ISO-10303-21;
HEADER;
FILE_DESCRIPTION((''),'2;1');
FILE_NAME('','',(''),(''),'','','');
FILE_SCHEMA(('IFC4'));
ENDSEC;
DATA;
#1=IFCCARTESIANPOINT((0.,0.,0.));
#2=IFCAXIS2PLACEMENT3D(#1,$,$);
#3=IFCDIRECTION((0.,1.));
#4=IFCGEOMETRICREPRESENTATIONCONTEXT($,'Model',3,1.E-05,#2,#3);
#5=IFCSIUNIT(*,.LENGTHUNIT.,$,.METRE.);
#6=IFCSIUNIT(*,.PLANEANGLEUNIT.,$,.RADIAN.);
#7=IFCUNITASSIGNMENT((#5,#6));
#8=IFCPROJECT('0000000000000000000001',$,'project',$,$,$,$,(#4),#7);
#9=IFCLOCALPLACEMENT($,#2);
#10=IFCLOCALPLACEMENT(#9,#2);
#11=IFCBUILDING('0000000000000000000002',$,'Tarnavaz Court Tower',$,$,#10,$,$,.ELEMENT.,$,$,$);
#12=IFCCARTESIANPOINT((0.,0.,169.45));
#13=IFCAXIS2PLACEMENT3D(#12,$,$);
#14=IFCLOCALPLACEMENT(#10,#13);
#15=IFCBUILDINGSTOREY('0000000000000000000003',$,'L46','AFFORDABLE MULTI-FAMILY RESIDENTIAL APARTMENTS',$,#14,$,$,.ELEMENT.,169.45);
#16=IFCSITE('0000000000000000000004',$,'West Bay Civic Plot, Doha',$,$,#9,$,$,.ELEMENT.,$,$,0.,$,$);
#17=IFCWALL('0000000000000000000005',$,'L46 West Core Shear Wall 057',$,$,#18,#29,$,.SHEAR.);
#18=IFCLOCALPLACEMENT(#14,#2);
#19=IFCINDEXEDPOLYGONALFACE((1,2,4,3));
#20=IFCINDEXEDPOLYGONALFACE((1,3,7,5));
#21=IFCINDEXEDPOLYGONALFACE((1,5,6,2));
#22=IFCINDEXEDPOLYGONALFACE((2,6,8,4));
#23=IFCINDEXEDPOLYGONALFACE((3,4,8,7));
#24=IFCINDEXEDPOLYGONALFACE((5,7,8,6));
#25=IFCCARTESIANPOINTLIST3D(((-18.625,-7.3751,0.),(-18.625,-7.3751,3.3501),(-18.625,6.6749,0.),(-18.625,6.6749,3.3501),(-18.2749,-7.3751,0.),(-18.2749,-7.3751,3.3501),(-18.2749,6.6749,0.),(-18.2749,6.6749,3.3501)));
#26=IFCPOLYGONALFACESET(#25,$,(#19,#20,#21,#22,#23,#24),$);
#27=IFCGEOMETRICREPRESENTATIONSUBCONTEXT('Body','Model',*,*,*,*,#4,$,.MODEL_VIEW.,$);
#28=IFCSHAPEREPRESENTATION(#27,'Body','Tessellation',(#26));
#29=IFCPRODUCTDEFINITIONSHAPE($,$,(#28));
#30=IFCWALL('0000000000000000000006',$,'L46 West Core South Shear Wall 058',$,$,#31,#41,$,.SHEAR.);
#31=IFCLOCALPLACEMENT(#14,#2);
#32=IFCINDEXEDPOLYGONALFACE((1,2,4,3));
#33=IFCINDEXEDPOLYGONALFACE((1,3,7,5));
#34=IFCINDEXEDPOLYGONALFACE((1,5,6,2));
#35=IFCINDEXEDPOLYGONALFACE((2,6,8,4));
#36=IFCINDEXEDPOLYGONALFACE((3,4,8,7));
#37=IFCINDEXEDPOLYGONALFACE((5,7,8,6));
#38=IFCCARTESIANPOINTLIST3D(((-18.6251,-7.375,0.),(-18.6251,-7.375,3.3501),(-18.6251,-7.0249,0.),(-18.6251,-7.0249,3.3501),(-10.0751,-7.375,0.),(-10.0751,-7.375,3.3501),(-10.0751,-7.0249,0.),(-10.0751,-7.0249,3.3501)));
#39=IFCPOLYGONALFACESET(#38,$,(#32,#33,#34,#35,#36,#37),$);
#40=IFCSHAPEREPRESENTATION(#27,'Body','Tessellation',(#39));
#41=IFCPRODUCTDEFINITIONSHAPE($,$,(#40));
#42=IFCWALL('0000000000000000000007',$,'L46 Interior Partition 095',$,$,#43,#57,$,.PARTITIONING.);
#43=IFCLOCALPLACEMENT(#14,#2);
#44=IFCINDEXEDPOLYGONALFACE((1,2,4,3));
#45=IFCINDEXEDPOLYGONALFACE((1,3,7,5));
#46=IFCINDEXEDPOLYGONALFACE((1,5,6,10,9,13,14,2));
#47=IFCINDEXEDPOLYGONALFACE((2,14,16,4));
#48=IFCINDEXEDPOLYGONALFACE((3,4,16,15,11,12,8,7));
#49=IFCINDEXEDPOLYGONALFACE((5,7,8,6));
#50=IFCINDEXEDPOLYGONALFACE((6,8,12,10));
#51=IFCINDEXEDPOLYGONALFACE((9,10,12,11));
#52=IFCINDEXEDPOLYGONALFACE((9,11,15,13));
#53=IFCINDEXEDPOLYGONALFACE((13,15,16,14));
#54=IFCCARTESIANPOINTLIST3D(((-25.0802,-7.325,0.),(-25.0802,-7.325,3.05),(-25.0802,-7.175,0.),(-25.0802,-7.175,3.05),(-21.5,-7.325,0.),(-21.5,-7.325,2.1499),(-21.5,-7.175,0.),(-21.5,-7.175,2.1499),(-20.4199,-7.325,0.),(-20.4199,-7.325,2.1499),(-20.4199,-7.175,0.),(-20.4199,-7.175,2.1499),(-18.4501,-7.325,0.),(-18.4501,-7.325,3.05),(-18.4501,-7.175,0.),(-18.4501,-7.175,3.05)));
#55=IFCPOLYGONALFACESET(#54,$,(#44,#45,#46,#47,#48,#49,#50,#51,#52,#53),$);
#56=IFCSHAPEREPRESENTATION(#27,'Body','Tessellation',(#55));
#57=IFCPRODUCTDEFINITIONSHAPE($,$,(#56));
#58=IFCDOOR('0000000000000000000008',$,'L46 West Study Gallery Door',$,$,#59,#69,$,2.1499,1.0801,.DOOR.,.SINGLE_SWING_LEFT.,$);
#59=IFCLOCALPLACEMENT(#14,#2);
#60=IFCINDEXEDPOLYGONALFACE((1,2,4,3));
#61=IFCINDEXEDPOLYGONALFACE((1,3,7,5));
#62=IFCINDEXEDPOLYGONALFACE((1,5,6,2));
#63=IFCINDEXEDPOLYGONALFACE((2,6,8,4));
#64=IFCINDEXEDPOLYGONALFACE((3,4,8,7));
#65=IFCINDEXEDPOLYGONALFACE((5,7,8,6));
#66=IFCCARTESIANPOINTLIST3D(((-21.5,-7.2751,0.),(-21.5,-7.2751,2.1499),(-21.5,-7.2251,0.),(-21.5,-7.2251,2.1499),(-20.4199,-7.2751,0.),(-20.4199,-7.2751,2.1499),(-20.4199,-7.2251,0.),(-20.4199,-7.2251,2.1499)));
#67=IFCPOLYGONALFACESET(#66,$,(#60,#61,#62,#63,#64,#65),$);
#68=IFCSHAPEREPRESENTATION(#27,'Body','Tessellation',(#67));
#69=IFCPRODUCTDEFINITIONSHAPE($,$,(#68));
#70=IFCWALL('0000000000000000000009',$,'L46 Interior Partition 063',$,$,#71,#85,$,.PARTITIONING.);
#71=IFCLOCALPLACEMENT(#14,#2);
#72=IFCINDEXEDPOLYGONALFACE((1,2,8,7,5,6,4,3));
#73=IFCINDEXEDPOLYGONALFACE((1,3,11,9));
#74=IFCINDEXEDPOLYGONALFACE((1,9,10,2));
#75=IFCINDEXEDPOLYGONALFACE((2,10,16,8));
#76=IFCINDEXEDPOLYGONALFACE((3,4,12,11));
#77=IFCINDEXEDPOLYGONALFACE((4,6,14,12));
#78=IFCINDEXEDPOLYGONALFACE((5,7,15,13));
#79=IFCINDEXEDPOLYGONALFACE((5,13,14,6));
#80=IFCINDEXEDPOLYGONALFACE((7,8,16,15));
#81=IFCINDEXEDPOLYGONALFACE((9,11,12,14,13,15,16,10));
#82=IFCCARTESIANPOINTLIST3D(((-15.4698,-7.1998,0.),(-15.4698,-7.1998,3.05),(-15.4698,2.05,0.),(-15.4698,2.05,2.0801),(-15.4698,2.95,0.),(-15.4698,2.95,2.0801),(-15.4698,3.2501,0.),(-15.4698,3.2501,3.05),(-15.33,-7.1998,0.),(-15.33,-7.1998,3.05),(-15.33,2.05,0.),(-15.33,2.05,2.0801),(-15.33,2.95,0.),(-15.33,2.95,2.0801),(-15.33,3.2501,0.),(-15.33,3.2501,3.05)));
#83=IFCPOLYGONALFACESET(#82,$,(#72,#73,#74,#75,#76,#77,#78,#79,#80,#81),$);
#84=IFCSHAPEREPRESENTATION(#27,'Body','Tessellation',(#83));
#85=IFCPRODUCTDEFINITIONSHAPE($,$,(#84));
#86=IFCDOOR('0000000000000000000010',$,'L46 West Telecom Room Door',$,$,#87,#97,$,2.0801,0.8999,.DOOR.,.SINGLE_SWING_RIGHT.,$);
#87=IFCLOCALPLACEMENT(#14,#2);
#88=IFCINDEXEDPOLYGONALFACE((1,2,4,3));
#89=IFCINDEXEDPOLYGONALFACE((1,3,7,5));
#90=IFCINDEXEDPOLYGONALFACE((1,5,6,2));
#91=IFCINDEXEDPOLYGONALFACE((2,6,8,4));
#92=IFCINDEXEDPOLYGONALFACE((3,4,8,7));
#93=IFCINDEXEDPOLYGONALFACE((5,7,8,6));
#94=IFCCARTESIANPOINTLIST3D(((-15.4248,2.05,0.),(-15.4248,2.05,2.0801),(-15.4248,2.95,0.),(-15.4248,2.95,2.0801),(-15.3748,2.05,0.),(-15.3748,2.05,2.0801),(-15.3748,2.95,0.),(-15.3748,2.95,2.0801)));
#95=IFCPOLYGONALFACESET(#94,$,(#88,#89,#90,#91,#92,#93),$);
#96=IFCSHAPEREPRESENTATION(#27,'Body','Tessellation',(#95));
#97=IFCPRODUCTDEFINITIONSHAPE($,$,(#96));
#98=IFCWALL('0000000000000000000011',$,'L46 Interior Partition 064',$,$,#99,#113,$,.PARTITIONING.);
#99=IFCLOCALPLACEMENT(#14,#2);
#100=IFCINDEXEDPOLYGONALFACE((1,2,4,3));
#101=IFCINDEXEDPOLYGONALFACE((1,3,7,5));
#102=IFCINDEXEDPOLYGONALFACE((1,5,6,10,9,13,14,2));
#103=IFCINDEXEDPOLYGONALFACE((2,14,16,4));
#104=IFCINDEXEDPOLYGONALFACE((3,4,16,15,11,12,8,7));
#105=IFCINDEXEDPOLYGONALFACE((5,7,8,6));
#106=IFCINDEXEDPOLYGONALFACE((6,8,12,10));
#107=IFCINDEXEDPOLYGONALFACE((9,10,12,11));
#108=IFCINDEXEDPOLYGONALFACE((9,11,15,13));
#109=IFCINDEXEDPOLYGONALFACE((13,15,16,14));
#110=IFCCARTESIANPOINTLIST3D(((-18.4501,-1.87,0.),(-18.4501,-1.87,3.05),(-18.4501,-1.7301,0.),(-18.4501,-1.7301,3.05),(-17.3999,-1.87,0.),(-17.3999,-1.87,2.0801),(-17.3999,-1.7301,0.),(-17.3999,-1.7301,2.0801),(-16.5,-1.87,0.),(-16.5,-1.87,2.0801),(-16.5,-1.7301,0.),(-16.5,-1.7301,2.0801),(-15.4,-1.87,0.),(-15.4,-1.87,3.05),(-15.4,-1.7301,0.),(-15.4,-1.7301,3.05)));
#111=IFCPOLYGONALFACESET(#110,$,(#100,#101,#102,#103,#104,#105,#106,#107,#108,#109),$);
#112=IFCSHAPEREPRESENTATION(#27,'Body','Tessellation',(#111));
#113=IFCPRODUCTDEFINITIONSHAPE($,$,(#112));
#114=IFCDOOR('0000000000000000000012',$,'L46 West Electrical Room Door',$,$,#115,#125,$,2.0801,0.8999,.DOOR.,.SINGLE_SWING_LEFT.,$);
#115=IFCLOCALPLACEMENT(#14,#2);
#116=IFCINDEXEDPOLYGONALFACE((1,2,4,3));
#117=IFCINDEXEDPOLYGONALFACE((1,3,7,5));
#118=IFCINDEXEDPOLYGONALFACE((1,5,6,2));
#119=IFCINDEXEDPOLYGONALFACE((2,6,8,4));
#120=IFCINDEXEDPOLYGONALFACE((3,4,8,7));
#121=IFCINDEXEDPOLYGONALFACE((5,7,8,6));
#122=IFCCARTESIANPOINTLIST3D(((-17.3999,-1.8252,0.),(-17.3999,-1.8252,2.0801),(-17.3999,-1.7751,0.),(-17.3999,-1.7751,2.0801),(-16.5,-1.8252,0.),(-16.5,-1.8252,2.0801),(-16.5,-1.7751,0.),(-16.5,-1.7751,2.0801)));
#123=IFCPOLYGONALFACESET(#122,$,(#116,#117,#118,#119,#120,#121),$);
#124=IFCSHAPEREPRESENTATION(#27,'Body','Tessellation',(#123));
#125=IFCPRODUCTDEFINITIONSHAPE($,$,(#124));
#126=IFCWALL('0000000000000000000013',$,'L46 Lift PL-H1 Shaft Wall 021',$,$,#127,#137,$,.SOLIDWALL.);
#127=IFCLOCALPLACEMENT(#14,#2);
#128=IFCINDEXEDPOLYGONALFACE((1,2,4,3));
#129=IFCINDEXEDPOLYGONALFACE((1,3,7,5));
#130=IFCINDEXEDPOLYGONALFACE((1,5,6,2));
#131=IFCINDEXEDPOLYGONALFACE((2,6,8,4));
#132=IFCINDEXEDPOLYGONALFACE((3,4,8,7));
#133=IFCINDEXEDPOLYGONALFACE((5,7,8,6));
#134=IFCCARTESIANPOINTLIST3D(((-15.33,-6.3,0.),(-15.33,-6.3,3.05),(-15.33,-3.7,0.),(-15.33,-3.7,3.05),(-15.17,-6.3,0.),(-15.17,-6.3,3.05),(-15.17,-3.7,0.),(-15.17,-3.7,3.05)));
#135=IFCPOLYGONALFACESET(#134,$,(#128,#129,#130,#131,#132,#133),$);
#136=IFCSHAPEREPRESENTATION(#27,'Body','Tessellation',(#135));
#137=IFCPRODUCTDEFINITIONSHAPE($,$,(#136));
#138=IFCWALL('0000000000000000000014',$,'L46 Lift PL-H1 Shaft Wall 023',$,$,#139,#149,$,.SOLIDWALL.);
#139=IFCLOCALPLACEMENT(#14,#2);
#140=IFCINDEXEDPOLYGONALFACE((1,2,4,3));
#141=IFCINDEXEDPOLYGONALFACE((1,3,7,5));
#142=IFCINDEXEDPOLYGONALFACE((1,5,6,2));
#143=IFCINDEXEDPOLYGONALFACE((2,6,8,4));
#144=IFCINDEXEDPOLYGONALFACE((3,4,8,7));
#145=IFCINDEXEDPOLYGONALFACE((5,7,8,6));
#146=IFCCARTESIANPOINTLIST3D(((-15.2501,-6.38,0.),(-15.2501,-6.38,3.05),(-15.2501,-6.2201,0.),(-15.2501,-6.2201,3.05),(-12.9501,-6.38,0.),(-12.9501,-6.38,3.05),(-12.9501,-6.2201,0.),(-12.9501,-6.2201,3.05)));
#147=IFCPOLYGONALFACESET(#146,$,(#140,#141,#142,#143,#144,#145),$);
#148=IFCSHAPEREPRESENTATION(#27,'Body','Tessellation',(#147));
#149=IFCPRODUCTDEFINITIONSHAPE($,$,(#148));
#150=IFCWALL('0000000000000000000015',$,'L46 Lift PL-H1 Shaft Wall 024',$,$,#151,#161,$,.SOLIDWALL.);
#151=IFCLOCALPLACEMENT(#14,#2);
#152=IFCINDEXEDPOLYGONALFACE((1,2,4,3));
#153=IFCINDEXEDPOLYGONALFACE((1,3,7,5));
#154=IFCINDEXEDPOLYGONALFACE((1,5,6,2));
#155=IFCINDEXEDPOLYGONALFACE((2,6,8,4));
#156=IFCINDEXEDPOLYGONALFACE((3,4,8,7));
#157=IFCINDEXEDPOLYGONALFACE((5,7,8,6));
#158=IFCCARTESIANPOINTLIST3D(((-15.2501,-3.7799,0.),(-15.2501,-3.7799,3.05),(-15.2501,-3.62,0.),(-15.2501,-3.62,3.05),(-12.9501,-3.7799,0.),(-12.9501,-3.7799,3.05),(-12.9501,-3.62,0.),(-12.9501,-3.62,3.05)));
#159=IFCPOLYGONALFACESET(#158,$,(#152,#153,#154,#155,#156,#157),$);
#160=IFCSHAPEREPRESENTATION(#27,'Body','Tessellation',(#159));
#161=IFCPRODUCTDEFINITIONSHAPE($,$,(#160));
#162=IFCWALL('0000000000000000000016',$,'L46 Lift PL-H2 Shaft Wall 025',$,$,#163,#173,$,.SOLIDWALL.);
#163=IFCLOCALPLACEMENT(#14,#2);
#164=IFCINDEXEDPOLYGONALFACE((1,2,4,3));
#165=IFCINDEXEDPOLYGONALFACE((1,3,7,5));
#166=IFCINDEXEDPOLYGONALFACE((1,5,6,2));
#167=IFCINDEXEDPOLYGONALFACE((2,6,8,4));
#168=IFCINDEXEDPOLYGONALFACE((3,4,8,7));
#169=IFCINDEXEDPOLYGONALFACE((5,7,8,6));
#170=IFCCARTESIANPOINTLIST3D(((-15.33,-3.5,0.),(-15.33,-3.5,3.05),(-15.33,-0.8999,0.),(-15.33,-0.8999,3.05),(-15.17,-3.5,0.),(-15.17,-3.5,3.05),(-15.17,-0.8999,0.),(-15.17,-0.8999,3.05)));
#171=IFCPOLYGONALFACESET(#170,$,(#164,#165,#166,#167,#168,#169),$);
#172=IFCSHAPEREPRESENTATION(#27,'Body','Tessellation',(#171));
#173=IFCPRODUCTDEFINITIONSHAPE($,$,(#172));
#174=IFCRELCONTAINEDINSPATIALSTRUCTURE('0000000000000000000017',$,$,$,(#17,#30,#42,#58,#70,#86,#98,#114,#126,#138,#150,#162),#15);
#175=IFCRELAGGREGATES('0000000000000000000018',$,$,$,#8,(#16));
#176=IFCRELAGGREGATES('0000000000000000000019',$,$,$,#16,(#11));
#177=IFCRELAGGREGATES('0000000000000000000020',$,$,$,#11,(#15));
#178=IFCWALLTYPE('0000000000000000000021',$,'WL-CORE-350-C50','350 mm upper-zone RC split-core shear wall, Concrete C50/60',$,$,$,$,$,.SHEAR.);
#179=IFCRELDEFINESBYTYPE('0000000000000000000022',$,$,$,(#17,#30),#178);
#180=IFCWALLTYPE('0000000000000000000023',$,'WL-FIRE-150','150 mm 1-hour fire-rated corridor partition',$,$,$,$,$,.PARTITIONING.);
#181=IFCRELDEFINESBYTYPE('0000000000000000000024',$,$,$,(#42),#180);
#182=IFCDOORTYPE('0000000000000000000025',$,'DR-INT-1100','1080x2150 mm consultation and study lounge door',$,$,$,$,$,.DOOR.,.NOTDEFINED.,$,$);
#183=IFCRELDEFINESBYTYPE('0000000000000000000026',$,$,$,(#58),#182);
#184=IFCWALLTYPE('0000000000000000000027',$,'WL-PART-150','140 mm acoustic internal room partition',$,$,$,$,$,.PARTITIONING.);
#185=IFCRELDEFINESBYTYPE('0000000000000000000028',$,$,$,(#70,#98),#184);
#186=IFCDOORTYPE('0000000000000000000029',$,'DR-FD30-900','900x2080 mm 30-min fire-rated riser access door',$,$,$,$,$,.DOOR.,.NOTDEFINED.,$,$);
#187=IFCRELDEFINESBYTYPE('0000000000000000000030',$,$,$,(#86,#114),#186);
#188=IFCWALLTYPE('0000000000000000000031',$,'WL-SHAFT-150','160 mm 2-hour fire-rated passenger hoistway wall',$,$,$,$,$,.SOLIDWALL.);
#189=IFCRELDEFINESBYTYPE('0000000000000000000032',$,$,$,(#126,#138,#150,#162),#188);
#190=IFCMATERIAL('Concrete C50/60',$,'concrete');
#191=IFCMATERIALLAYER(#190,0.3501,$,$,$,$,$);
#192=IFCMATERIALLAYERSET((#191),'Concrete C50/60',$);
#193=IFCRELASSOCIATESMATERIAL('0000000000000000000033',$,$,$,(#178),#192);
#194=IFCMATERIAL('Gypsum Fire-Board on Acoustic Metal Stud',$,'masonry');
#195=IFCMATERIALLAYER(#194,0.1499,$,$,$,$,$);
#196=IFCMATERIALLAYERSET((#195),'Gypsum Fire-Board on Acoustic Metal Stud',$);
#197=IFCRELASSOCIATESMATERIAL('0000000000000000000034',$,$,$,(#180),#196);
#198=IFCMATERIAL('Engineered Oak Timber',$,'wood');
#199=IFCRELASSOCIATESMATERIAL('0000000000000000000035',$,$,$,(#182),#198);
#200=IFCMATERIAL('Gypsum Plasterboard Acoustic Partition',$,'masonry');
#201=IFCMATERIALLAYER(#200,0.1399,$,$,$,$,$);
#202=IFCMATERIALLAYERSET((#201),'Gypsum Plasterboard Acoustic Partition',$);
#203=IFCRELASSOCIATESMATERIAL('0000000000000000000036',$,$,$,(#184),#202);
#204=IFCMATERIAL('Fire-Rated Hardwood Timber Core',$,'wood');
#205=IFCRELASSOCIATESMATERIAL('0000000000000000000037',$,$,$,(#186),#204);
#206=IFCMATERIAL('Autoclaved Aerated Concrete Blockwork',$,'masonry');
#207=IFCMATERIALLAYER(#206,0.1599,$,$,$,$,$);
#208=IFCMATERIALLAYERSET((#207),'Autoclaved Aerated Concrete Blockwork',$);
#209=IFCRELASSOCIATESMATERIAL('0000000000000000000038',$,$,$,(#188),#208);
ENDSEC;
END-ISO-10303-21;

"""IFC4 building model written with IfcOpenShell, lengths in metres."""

from ifc_helpers import new_model, si_unit, direction, frame, frame_2d, origin, place, context, subcontext, project, spatial, rectangle, extrude, material, layer, layer_set, type_object, element, fill, save


model = new_model("IFC4")

# Units and contexts
model_context = context("Model", 3, precision=1e-05, world=origin(), true_north=direction((0.0, 1.0)))
body_context = subcontext(model_context, "Body", "Model", "MODEL_VIEW")
ifc_project = project(units=[si_unit("LENGTHUNIT", "METRE"), si_unit("PLANEANGLEUNIT", "RADIAN")], contexts=[model_context])

# Site, building, storey
site_placement = place(None, origin())
site = spatial("IfcSite", under=ifc_project, at=site_placement, Name="West Bay Civic Plot, Doha", CompositionType="ELEMENT", RefElevation=0.0)
building_placement = place(site_placement, origin())
building = spatial("IfcBuilding", under=site, at=building_placement, Name="Tarnavaz Court Tower", CompositionType="ELEMENT")
storey_placement = place(building_placement, frame((0.0, 0.0, 169.45)))
storey = spatial("IfcBuildingStorey", under=building, at=storey_placement, Name="L46", Description="AFFORDABLE MULTI-FAMILY RESIDENTIAL APARTMENTS", CompositionType="ELEMENT", Elevation=169.45)

# Shared definitions
ifc_material_1 = material(Name="Concrete C50/60", Category="concrete")

# Walls
ifc_layer_1 = layer(ifc_material_1, 0.3501)
ifc_layer_set_1 = layer_set([ifc_layer_1], Name="Concrete C50/60")
wall_type_1 = type_object("IfcWallType", Name="WL-CORE-350-C50", Description="350 mm upper-zone RC split-core shear wall, Concrete C50/60", PredefinedType="SHEAR", material=ifc_layer_set_1)
wall_1_placement = place(storey_placement, frame((-18.45, -7.375, 0.0), z_axis=(0.0, 0.0, 1.0), x_axis=(0.0, 1.0, 0.0)))
element("IfcWall", 1, at=wall_1_placement, inside=storey, type_object=wall_type_1, Name="L46 West Core Shear Wall 057", PredefinedType="SHEAR", context=body_context, shape_type="SweptSolid", body=[
    extrude(rectangle(XDim=14.05, YDim=0.3501, at=frame_2d((7.0249, 0.0))), origin(), (0.0, 0.0, 1.0), 3.3501),
])
wall_2_placement = place(storey_placement, frame((-18.625, -7.2, 0.0), z_axis=(0.0, 0.0, 1.0), x_axis=(1.0, 0.0, 0.0)))
element("IfcWall", 2, at=wall_2_placement, inside=storey, type_object=wall_type_1, Name="L46 West Core South Shear Wall 058", PredefinedType="SHEAR", context=body_context, shape_type="SweptSolid", body=[
    extrude(rectangle(XDim=8.55, YDim=0.3501, at=frame_2d((4.2749, 0.0))), origin(), (0.0, 0.0, 1.0), 3.3501),
])

# Shared definitions
ifc_material_2 = material(Name="Gypsum Fire-Board on Acoustic Metal Stud", Category="masonry")
ifc_layer_2 = layer(ifc_material_2, 0.1499)
ifc_layer_set_2 = layer_set([ifc_layer_2], Name="Gypsum Fire-Board on Acoustic Metal Stud")
wall_type_2 = type_object("IfcWallType", Name="WL-FIRE-150", Description="150 mm 1-hour fire-rated corridor partition", PredefinedType="PARTITIONING", material=ifc_layer_set_2)
ifc_material_3 = material(Name="Engineered Oak Timber", Category="wood")

# Walls, openings, doors
wall_3_placement = place(storey_placement, frame((-25.0801, -7.25, 0.0), z_axis=(0.0, 0.0, 1.0), x_axis=(1.0, 0.0, 0.0)))
wall_3 = element("IfcWall", 3, at=wall_3_placement, inside=storey, type_object=wall_type_2, Name="L46 Interior Partition 095", PredefinedType="PARTITIONING", context=body_context, shape_type="SweptSolid", body=[
    extrude(rectangle(XDim=6.6301, YDim=0.1499, at=frame_2d((3.3149, 0.0))), origin(), (0.0, 0.0, 1.0), 3.05),
])
opening_1_placement = place(wall_3_placement, frame((3.5801, 0.0, 0.0)))
opening_1 = element("IfcOpeningElement", 4, at=opening_1_placement, cuts=wall_3, PredefinedType="OPENING", context=body_context, shape_type="SweptSolid", body=[
    extrude(rectangle(XDim=1.0801, YDim=2.1499, at=frame_2d((0.54, 1.075))), frame((0.0, 0.085, 0.0), z_axis=(0.0, -1.0, 0.0), x_axis=(1.0, 0.0, 0.0)), (0.0, 0.0, 1.0), 0.1699),
])
door_type_1 = type_object("IfcDoorType", Name="DR-INT-1100", Description="1080x2150 mm consultation and study lounge door", OperationType="NOTDEFINED", PredefinedType="DOOR", material=ifc_material_3)
door_1_placement = place(opening_1_placement, origin())
door_1 = element("IfcDoor", 5, at=door_1_placement, inside=storey, type_object=door_type_1, Name="L46 West Study Gallery Door", OperationType="SINGLE_SWING_LEFT", OverallHeight=2.1499, OverallWidth=1.0801, PredefinedType="DOOR", context=body_context, shape_type="SweptSolid", body=[
    extrude(rectangle(XDim=1.0801, YDim=2.1499, at=frame_2d((0.54, 1.075))), frame((0.0, 0.0249, 0.0), z_axis=(0.0, -1.0, 0.0), x_axis=(1.0, 0.0, 0.0)), (0.0, 0.0, 1.0), 0.05),
])
fill(opening_1, door_1)
ifc_material_4 = material(Name="Gypsum Plasterboard Acoustic Partition", Category="masonry")
ifc_layer_3 = layer(ifc_material_4, 0.1399)
ifc_layer_set_3 = layer_set([ifc_layer_3], Name="Gypsum Plasterboard Acoustic Partition")
wall_type_3 = type_object("IfcWallType", Name="WL-PART-150", Description="140 mm acoustic internal room partition", PredefinedType="PARTITIONING", material=ifc_layer_set_3)
wall_4_placement = place(storey_placement, frame((-15.3999, -7.2, 0.0), z_axis=(0.0, 0.0, 1.0), x_axis=(0.0, 1.0, 0.0)))
wall_4 = element("IfcWall", 6, at=wall_4_placement, inside=storey, type_object=wall_type_3, Name="L46 Interior Partition 063", PredefinedType="PARTITIONING", context=body_context, shape_type="SweptSolid", body=[
    extrude(rectangle(XDim=10.45, YDim=0.1399, at=frame_2d((5.2251, 0.0))), origin(), (0.0, 0.0, 1.0), 3.05),
])
opening_2_placement = place(wall_4_placement, frame((9.25, 0.0, 0.0)))
opening_2 = element("IfcOpeningElement", 7, at=opening_2_placement, cuts=wall_4, PredefinedType="OPENING", context=body_context, shape_type="SweptSolid", body=[
    extrude(rectangle(XDim=0.8999, YDim=2.0801, at=frame_2d((0.45, 1.04))), frame((0.0, 0.0798, 0.0), z_axis=(0.0, -1.0, 0.0), x_axis=(1.0, 0.0, 0.0)), (0.0, 0.0, 1.0), 0.1599),
])
ifc_material_5 = material(Name="Fire-Rated Hardwood Timber Core", Category="wood")
door_type_2 = type_object("IfcDoorType", Name="DR-FD30-900", Description="900x2080 mm 30-min fire-rated riser access door", OperationType="NOTDEFINED", PredefinedType="DOOR", material=ifc_material_5)
door_2_placement = place(opening_2_placement, origin())
door_2 = element("IfcDoor", 8, at=door_2_placement, inside=storey, type_object=door_type_2, Name="L46 West Telecom Room Door", OperationType="SINGLE_SWING_RIGHT", OverallHeight=2.0801, OverallWidth=0.8999, PredefinedType="DOOR", context=body_context, shape_type="SweptSolid", body=[
    extrude(rectangle(XDim=0.8999, YDim=2.0801, at=frame_2d((0.45, 1.04))), frame((0.0, 0.0249, 0.0), z_axis=(0.0, -1.0, 0.0), x_axis=(1.0, 0.0, 0.0)), (0.0, 0.0, 1.0), 0.05),
])
fill(opening_2, door_2)
wall_5_placement = place(storey_placement, frame((-18.45, -1.8, 0.0), z_axis=(0.0, 0.0, 1.0), x_axis=(1.0, 0.0, 0.0)))
wall_5 = element("IfcWall", 9, at=wall_5_placement, inside=storey, type_object=wall_type_3, Name="L46 Interior Partition 064", PredefinedType="PARTITIONING", context=body_context, shape_type="SweptSolid", body=[
    extrude(rectangle(XDim=3.05, YDim=0.1399, at=frame_2d((1.5249, 0.0))), origin(), (0.0, 0.0, 1.0), 3.05),
])
opening_3_placement = place(wall_5_placement, frame((1.05, 0.0, 0.0)))
opening_3 = element("IfcOpeningElement", 10, at=opening_3_placement, cuts=wall_5, PredefinedType="OPENING", context=body_context, shape_type="SweptSolid", body=[
    extrude(rectangle(XDim=0.8999, YDim=2.0801, at=frame_2d((0.45, 1.04))), frame((0.0, 0.0798, 0.0), z_axis=(0.0, -1.0, 0.0), x_axis=(1.0, 0.0, 0.0)), (0.0, 0.0, 1.0), 0.1599),
])
door_3_placement = place(opening_3_placement, origin())
door_3 = element("IfcDoor", 11, at=door_3_placement, inside=storey, type_object=door_type_2, Name="L46 West Electrical Room Door", OperationType="SINGLE_SWING_LEFT", OverallHeight=2.0801, OverallWidth=0.8999, PredefinedType="DOOR", context=body_context, shape_type="SweptSolid", body=[
    extrude(rectangle(XDim=0.8999, YDim=2.0801, at=frame_2d((0.45, 1.04))), frame((0.0, 0.0249, 0.0), z_axis=(0.0, -1.0, 0.0), x_axis=(1.0, 0.0, 0.0)), (0.0, 0.0, 1.0), 0.05),
])
fill(opening_3, door_3)

# Walls
ifc_material_6 = material(Name="Autoclaved Aerated Concrete Blockwork", Category="masonry")
ifc_layer_4 = layer(ifc_material_6, 0.1599)
ifc_layer_set_4 = layer_set([ifc_layer_4], Name="Autoclaved Aerated Concrete Blockwork")
wall_type_4 = type_object("IfcWallType", Name="WL-SHAFT-150", Description="160 mm 2-hour fire-rated passenger hoistway wall", PredefinedType="SOLIDWALL", material=ifc_layer_set_4)
wall_6_placement = place(storey_placement, frame((-15.25, -6.3, 0.0), z_axis=(0.0, 0.0, 1.0), x_axis=(0.0, 1.0, 0.0)))
element("IfcWall", 12, at=wall_6_placement, inside=storey, type_object=wall_type_4, Name="L46 Lift PL-H1 Shaft Wall 021", PredefinedType="SOLIDWALL", context=body_context, shape_type="SweptSolid", body=[
    extrude(rectangle(XDim=2.6001, YDim=0.1599, at=frame_2d((1.3, 0.0))), origin(), (0.0, 0.0, 1.0), 3.05),
])
for number, where, z_axis, x_axis, name in (
    (13, (-15.25, -6.3, 0.0), (0.0, 0.0, 1.0), (1.0, 0.0, 0.0), "L46 Lift PL-H1 Shaft Wall 023"),
    (14, (-15.25, -3.7, 0.0), (0.0, 0.0, 1.0), (1.0, 0.0, 0.0), "L46 Lift PL-H1 Shaft Wall 024"),
):
    element("IfcWall", number, at=place(storey_placement, frame(where, z_axis=z_axis, x_axis=x_axis)), inside=storey, type_object=wall_type_4, Name=name, PredefinedType="SOLIDWALL", context=body_context, shape_type="SweptSolid", body=[
        extrude(rectangle(XDim=2.3, YDim=0.1599, at=frame_2d((1.1499, 0.0))), origin(), (0.0, 0.0, 1.0), 3.05),
    ])
wall_7_placement = place(storey_placement, frame((-15.25, -3.5, 0.0), z_axis=(0.0, 0.0, 1.0), x_axis=(0.0, 1.0, 0.0)))
element("IfcWall", 15, at=wall_7_placement, inside=storey, type_object=wall_type_4, Name="L46 Lift PL-H2 Shaft Wall 025", PredefinedType="SOLIDWALL", context=body_context, shape_type="SweptSolid", body=[
    extrude(rectangle(XDim=2.6001, YDim=0.1599, at=frame_2d((1.3, 0.0))), origin(), (0.0, 0.0, 1.0), 3.05),
])

save(model, "model.ifc")
